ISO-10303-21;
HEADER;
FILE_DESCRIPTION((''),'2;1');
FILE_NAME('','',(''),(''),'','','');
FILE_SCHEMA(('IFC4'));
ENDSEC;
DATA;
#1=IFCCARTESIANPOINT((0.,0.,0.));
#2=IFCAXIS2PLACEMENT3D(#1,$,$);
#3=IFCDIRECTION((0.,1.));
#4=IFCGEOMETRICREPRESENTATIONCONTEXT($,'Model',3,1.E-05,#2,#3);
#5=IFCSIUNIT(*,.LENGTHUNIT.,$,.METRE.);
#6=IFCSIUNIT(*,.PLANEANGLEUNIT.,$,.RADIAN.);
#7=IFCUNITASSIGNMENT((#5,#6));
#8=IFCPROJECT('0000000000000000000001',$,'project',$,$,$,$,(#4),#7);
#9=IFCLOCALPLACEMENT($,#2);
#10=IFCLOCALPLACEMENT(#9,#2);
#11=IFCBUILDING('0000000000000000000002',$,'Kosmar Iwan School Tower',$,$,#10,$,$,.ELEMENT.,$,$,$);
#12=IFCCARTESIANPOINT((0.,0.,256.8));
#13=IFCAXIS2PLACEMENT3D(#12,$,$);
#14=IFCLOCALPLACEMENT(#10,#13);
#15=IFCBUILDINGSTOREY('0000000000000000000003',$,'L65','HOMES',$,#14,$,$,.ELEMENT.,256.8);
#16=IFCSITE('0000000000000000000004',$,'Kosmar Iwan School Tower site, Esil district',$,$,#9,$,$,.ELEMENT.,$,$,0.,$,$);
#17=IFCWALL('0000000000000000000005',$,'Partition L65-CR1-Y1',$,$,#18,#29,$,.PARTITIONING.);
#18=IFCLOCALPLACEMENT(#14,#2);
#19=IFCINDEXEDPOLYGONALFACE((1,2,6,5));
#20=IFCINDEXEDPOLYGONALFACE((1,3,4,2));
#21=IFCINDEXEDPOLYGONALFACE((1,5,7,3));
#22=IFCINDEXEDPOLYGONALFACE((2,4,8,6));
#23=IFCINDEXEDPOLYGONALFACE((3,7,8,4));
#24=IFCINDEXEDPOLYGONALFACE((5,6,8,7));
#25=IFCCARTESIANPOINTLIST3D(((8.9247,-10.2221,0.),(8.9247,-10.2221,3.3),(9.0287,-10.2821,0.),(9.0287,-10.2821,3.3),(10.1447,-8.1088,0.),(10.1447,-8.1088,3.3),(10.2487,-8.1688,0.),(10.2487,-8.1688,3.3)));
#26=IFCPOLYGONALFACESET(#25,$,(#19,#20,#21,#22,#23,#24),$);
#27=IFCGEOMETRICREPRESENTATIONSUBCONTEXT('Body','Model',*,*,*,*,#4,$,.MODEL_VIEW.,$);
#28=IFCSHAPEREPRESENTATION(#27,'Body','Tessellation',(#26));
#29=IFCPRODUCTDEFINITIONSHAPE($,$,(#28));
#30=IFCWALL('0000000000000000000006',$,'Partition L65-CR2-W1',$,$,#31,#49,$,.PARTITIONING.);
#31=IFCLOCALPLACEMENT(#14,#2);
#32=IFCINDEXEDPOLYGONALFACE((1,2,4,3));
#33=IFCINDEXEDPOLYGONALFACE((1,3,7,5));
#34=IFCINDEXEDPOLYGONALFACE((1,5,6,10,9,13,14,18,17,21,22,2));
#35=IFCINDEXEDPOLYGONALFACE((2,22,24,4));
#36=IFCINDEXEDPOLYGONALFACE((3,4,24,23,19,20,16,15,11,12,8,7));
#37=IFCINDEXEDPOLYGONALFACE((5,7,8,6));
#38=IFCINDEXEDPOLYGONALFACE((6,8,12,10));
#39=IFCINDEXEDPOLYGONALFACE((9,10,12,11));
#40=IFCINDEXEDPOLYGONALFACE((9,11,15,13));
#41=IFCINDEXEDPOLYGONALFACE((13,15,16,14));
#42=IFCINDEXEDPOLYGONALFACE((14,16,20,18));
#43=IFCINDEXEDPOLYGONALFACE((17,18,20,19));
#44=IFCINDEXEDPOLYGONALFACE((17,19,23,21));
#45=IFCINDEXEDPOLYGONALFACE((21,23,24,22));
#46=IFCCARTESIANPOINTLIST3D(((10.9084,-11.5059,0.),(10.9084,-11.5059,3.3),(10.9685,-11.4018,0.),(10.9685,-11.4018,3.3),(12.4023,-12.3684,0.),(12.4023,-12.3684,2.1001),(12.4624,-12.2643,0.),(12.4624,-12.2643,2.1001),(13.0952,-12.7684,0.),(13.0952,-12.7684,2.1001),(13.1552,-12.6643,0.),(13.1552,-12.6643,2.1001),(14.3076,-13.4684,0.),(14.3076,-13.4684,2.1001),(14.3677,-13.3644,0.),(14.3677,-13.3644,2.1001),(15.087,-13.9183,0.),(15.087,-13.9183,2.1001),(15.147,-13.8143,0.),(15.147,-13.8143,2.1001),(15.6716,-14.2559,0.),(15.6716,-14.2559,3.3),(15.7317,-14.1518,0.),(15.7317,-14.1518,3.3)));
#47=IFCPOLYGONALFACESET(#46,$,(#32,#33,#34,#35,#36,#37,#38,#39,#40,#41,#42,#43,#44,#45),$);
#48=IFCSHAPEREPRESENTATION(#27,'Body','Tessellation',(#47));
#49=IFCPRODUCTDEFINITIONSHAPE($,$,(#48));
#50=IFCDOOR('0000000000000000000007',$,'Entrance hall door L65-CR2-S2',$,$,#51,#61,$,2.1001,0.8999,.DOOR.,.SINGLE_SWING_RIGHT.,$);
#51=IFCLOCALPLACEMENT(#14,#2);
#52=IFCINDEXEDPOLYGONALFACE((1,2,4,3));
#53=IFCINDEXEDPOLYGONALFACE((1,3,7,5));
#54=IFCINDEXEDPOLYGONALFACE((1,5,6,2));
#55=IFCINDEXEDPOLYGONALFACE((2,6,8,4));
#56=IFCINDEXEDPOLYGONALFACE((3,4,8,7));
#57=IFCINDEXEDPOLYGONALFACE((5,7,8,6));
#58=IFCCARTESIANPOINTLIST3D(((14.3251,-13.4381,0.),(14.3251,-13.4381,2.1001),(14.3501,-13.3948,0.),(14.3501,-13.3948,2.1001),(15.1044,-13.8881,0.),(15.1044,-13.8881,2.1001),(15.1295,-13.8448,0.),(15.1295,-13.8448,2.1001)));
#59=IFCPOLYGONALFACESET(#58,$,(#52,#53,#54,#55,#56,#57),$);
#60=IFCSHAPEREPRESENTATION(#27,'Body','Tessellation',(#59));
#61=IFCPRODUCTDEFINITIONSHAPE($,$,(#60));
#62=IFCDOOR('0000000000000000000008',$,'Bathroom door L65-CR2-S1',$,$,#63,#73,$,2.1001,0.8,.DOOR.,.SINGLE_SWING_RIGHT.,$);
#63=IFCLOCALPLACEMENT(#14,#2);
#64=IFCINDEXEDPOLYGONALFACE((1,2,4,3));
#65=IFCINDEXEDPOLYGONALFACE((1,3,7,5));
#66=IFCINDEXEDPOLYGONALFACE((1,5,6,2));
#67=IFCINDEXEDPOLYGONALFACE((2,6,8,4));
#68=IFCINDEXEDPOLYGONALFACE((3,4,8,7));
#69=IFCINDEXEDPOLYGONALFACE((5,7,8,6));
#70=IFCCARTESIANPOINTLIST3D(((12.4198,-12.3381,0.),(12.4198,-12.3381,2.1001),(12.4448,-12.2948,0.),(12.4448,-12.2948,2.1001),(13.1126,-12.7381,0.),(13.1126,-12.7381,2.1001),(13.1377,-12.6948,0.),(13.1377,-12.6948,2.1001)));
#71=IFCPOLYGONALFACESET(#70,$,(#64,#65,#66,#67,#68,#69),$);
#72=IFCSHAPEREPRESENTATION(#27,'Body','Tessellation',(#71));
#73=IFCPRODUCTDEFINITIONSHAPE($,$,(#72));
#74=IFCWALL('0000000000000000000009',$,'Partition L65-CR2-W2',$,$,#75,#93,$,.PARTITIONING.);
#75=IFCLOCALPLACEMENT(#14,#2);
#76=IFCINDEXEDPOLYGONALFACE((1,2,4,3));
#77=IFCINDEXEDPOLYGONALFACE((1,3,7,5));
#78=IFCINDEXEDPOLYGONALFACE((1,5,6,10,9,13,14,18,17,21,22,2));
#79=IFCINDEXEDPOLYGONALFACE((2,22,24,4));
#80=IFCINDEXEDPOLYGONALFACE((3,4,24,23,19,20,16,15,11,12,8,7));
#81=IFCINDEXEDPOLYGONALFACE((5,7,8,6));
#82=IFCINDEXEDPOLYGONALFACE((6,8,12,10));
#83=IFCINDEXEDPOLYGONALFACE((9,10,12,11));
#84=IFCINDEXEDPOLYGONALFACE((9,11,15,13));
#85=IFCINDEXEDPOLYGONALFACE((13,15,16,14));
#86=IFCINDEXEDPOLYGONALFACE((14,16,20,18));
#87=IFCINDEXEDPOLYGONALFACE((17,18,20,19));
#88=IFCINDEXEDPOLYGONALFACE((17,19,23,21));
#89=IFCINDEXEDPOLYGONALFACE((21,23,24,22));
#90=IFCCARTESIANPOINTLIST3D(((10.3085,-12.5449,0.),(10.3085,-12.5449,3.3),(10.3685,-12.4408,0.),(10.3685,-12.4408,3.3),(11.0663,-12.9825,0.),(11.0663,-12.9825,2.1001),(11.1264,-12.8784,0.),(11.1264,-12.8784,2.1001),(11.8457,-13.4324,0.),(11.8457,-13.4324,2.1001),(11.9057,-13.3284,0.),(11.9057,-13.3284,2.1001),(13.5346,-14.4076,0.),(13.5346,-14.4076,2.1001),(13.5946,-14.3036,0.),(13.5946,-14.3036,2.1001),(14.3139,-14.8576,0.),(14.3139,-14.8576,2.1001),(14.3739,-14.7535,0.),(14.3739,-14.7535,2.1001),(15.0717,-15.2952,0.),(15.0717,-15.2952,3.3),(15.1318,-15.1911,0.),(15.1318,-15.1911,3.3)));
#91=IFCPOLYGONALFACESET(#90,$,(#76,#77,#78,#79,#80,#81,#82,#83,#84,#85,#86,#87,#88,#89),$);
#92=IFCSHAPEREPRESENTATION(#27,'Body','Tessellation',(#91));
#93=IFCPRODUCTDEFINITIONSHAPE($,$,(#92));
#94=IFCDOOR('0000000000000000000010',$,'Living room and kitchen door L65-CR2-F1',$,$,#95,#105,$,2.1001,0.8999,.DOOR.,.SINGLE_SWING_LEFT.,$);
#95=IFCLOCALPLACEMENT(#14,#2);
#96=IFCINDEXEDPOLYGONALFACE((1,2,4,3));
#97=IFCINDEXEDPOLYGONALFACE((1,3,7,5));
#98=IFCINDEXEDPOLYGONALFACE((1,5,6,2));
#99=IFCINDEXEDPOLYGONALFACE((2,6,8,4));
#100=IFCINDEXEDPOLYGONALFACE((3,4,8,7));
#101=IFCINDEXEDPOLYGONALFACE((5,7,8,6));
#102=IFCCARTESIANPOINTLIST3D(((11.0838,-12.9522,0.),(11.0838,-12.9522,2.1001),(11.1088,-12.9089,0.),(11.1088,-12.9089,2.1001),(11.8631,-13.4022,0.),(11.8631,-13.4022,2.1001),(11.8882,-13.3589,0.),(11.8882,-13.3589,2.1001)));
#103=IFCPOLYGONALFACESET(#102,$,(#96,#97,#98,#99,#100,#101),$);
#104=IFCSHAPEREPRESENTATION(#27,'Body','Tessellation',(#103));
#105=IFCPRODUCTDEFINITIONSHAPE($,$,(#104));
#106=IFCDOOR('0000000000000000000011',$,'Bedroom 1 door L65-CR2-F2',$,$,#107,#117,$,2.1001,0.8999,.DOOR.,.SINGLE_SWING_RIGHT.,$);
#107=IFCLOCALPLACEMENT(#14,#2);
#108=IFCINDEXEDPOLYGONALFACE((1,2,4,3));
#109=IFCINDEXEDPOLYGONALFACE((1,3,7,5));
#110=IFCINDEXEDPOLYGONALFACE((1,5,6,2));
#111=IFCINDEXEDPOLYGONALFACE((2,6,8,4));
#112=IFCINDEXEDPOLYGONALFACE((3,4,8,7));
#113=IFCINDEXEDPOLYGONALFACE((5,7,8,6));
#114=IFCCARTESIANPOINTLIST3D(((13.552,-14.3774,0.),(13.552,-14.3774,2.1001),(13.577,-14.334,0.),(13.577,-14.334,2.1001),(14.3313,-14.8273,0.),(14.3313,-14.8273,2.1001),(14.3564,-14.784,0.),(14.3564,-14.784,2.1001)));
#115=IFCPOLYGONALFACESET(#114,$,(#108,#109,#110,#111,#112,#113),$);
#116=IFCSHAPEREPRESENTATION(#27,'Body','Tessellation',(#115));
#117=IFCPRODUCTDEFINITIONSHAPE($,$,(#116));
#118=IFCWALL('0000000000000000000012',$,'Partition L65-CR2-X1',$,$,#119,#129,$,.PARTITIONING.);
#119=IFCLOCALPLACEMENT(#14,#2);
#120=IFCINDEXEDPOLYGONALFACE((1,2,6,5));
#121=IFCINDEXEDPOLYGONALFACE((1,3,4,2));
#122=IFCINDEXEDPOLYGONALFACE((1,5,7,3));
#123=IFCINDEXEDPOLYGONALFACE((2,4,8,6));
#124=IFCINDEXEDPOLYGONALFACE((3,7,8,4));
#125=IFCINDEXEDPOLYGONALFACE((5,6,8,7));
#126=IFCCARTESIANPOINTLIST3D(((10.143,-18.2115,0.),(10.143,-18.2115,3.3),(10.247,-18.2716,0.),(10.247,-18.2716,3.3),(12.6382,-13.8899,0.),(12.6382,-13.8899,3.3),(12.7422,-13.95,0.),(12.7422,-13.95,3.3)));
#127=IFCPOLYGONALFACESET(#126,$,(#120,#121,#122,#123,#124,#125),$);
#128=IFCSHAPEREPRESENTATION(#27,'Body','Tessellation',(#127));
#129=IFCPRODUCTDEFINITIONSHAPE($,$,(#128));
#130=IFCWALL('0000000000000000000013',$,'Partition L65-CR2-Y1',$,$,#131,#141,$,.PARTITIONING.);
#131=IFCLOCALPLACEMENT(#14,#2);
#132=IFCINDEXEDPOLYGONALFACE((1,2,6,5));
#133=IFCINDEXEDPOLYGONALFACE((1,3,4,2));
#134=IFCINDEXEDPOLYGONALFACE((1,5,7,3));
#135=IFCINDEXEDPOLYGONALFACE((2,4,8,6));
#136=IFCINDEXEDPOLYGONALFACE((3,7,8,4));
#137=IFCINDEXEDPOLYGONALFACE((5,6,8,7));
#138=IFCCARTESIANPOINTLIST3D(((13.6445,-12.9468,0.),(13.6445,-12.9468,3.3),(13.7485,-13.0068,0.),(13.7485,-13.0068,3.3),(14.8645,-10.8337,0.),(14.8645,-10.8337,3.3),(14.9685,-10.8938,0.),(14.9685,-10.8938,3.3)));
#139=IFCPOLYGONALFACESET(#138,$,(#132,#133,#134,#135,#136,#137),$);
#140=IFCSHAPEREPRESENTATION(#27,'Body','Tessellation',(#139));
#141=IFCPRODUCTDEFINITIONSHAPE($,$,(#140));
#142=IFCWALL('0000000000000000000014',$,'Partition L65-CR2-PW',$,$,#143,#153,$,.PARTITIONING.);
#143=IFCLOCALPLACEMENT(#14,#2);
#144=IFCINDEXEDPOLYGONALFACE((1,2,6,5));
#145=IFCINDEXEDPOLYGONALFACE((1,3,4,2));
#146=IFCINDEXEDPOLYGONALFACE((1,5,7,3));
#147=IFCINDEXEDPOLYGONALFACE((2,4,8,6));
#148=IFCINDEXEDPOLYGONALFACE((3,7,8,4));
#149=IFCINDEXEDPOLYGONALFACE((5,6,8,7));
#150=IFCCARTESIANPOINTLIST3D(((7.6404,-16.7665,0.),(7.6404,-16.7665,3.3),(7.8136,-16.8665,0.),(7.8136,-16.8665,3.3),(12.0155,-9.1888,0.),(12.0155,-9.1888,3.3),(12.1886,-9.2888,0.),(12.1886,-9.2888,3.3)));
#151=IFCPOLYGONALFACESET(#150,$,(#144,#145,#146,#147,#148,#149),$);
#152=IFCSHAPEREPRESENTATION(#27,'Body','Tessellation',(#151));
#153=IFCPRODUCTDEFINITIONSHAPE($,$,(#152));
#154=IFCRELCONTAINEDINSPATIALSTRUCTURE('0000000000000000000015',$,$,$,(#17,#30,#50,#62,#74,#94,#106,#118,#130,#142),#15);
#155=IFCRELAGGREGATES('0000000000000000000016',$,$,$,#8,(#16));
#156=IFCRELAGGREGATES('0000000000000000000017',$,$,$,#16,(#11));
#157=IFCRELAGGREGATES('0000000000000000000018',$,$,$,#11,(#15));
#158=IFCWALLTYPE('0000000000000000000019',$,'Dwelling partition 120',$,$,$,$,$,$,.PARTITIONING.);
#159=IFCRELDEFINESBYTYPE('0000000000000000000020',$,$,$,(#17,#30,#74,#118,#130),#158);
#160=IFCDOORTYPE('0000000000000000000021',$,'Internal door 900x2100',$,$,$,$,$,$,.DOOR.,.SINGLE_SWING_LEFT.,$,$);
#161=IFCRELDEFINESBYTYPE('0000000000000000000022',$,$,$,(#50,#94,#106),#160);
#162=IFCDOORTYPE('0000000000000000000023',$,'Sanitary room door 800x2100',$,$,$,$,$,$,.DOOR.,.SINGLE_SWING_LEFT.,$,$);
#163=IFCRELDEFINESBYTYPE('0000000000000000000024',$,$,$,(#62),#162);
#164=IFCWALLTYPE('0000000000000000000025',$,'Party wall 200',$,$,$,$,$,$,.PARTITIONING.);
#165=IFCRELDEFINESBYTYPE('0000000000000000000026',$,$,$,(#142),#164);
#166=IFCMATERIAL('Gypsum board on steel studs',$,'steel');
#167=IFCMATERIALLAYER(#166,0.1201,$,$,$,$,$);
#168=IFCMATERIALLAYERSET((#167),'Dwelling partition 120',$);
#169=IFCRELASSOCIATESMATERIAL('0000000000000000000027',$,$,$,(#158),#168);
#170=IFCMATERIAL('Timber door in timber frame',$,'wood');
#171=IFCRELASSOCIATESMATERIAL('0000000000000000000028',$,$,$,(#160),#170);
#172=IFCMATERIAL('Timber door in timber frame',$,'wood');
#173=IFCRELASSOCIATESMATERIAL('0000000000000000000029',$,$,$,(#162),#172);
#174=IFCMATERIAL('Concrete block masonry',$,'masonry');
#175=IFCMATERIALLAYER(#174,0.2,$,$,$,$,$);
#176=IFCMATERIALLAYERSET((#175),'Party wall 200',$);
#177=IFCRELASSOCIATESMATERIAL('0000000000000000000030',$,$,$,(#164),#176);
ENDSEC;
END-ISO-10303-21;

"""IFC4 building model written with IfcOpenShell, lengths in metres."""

from ifc_helpers import new_model, si_unit, direction, frame, frame_2d, origin, place, context, subcontext, project, spatial, rectangle, extrude, material, layer, layer_set, type_object, element, fill, save


model = new_model("IFC4")

# Units and contexts
model_context = context("Model", 3, precision=1e-05, world=origin(), true_north=direction((0.0, 1.0)))
body_context = subcontext(model_context, "Body", "Model", "MODEL_VIEW")
ifc_project = project(units=[si_unit("LENGTHUNIT", "METRE"), si_unit("PLANEANGLEUNIT", "RADIAN")], contexts=[model_context])

# Site, building, storey
site_placement = place(None, origin())
site = spatial("IfcSite", under=ifc_project, at=site_placement, Name="Kosmar Iwan School Tower site, Esil district", CompositionType="ELEMENT", RefElevation=0.0)
building_placement = place(site_placement, origin())
building = spatial("IfcBuilding", under=site, at=building_placement, Name="Kosmar Iwan School Tower", CompositionType="ELEMENT")
storey_placement = place(building_placement, frame((0.0, 0.0, 256.8)))
storey = spatial("IfcBuildingStorey", under=building, at=storey_placement, Name="L65", Description="HOMES", CompositionType="ELEMENT", Elevation=256.8)

# Shared definitions
ifc_material_1 = material(Name="Gypsum board on steel studs", Category="steel")
ifc_layer_1 = layer(ifc_material_1, 0.1201)
ifc_layer_set_1 = layer_set([ifc_layer_1], Name="Dwelling partition 120")
wall_type_1 = type_object("IfcWallType", Name="Dwelling partition 120", PredefinedType="PARTITIONING", material=ifc_layer_set_1)
ifc_material_2 = material(Name="Timber door in timber frame", Category="wood")
door_type_1 = type_object("IfcDoorType", Name="Internal door 900x2100", OperationType="SINGLE_SWING_LEFT", PredefinedType="DOOR", material=ifc_material_2)
ifc_material_3 = material(Name="Timber door in timber frame", Category="wood")
door_type_2 = type_object("IfcDoorType", Name="Sanitary room door 800x2100", OperationType="SINGLE_SWING_LEFT", PredefinedType="DOOR", material=ifc_material_3)

# Wall
wall_1_placement = place(storey_placement, frame((10.1968, -8.1387, 0.0), z_axis=(0.0, 0.0, 1.0), x_axis=(-0.499959, -0.866049, 0.0)))
element("IfcWall", 1, at=wall_1_placement, inside=storey, type_object=wall_type_1, Name="Partition L65-CR1-Y1", PredefinedType="PARTITIONING", context=body_context, shape_type="SweptSolid", body=[
    extrude(rectangle(XDim=2.4402, YDim=0.1201, at=frame_2d((1.2202, 0.0))), origin(), (0.0, 0.0, 1.0), 3.3),
])

# Walls, openings, doors
wall_2_placement = place(storey_placement, frame((10.9385, -11.4539, 0.0), z_axis=(0.0, 0.0, 1.0), x_axis=(0.866027, -0.499997, 0.0)))
wall_2 = element("IfcWall", 2, at=wall_2_placement, inside=storey, type_object=wall_type_1, Name="Partition L65-CR2-W1", PredefinedType="PARTITIONING", context=body_context, shape_type="SweptSolid", body=[
    extrude(rectangle(XDim=5.5, YDim=0.1201, at=frame_2d((2.75, 0.0))), origin(), (0.0, 0.0, 1.0), 3.3),
])
opening_1_placement = place(wall_2_placement, frame((1.7251, 0.0, 0.0)))
opening_1 = element("IfcOpeningElement", 3, at=opening_1_placement, cuts=wall_2, PredefinedType="OPENING", context=body_context, shape_type="SweptSolid", body=[
    extrude(rectangle(XDim=0.8, YDim=2.1001, at=frame_2d((0.3999, 1.05))), frame((0.0, 0.072, 0.0), z_axis=(0.0, -1.0, 0.0), x_axis=(1.0, 0.0, 0.0)), (0.0, 0.0, 1.0), 0.144),
])
opening_2_placement = place(wall_2_placement, frame((3.925, 0.0, 0.0)))
opening_2 = element("IfcOpeningElement", 4, at=opening_2_placement, cuts=wall_2, PredefinedType="OPENING", context=body_context, shape_type="SweptSolid", body=[
    extrude(rectangle(XDim=0.8999, YDim=2.1001, at=frame_2d((0.45, 1.05))), frame((0.0, 0.072, 0.0), z_axis=(0.0, -1.0, 0.0), x_axis=(1.0, 0.0, 0.0)), (0.0, 0.0, 1.0), 0.144),
])
door_1_placement = place(opening_2_placement, origin())
door_1 = element("IfcDoor", 5, at=door_1_placement, inside=storey, type_object=door_type_1, Name="Entrance hall door L65-CR2-S2", OperationType="SINGLE_SWING_RIGHT", OverallHeight=2.1001, OverallWidth=0.8999, PredefinedType="DOOR", context=body_context, shape_type="SweptSolid", body=[
    extrude(rectangle(XDim=0.8999, YDim=2.1001, at=frame_2d((0.45, 1.05))), frame((0.0, 0.0249, 0.0), z_axis=(0.0, -1.0, 0.0), x_axis=(1.0, 0.0, 0.0)), (0.0, 0.0, 1.0), 0.05),
])
fill(opening_2, door_1)
door_2_placement = place(opening_1_placement, origin())
door_2 = element("IfcDoor", 6, at=door_2_placement, inside=storey, type_object=door_type_2, Name="Bathroom door L65-CR2-S1", OperationType="SINGLE_SWING_RIGHT", OverallHeight=2.1001, OverallWidth=0.8, PredefinedType="DOOR", context=body_context, shape_type="SweptSolid", body=[
    extrude(rectangle(XDim=0.8, YDim=2.1001, at=frame_2d((0.3999, 1.05))), frame((0.0, 0.0249, 0.0), z_axis=(0.0, -1.0, 0.0), x_axis=(1.0, 0.0, 0.0)), (0.0, 0.0, 1.0), 0.05),
])
fill(opening_1, door_2)
wall_3_placement = place(storey_placement, frame((10.3386, -12.4929, 0.0), z_axis=(0.0, 0.0, 1.0), x_axis=(0.866008, -0.50003, 0.0)))
wall_3 = element("IfcWall", 7, at=wall_3_placement, inside=storey, type_object=wall_type_1, Name="Partition L65-CR2-W2", PredefinedType="PARTITIONING", context=body_context, shape_type="SweptSolid", body=[
    extrude(rectangle(XDim=5.5002, YDim=0.1201, at=frame_2d((2.75, 0.0))), origin(), (0.0, 0.0, 1.0), 3.3),
])
opening_3_placement = place(wall_3_placement, frame((0.875, 0.0, 0.0)))
opening_3 = element("IfcOpeningElement", 8, at=opening_3_placement, cuts=wall_3, PredefinedType="OPENING", context=body_context, shape_type="SweptSolid", body=[
    extrude(rectangle(XDim=0.8999, YDim=2.1001, at=frame_2d((0.45, 1.05))), frame((0.0, 0.072, 0.0), z_axis=(0.0, -1.0, 0.0), x_axis=(1.0, 0.0, 0.0)), (0.0, 0.0, 1.0), 0.144),
])
opening_4_placement = place(wall_3_placement, frame((3.7251, 0.0, 0.0)))
opening_4 = element("IfcOpeningElement", 9, at=opening_4_placement, cuts=wall_3, PredefinedType="OPENING", context=body_context, shape_type="SweptSolid", body=[
    extrude(rectangle(XDim=0.8999, YDim=2.1001, at=frame_2d((0.45, 1.05))), frame((0.0, 0.072, 0.0), z_axis=(0.0, -1.0, 0.0), x_axis=(1.0, 0.0, 0.0)), (0.0, 0.0, 1.0), 0.144),
])
door_3_placement = place(opening_3_placement, origin())
door_3 = element("IfcDoor", 10, at=door_3_placement, inside=storey, type_object=door_type_1, Name="Living room and kitchen door L65-CR2-F1", OperationType="SINGLE_SWING_LEFT", OverallHeight=2.1001, OverallWidth=0.8999, PredefinedType="DOOR", context=body_context, shape_type="SweptSolid", body=[
    extrude(rectangle(XDim=0.8999, YDim=2.1001, at=frame_2d((0.45, 1.05))), frame((0.0, 0.0249, 0.0), z_axis=(0.0, -1.0, 0.0), x_axis=(1.0, 0.0, 0.0)), (0.0, 0.0, 1.0), 0.05),
])
fill(opening_3, door_3)
door_4_placement = place(opening_4_placement, origin())
door_4 = element("IfcDoor", 11, at=door_4_placement, inside=storey, type_object=door_type_1, Name="Bedroom 1 door L65-CR2-F2", OperationType="SINGLE_SWING_RIGHT", OverallHeight=2.1001, OverallWidth=0.8999, PredefinedType="DOOR", context=body_context, shape_type="SweptSolid", body=[
    extrude(rectangle(XDim=0.8999, YDim=2.1001, at=frame_2d((0.45, 1.05))), frame((0.0, 0.0249, 0.0), z_axis=(0.0, -1.0, 0.0), x_axis=(1.0, 0.0, 0.0)), (0.0, 0.0, 1.0), 0.05),
])
fill(opening_4, door_4)

# Walls
wall_4_placement = place(storey_placement, frame((12.6902, -13.9199, 0.0), z_axis=(0.0, 0.0, 1.0), x_axis=(-0.500012, -0.866019, 0.0)))
element("IfcWall", 12, at=wall_4_placement, inside=storey, type_object=wall_type_1, Name="Partition L65-CR2-X1", PredefinedType="PARTITIONING", context=body_context, shape_type="SweptSolid", body=[
    extrude(rectangle(XDim=4.9902, YDim=0.1201, at=frame_2d((2.4951, 0.0))), origin(), (0.0, 0.0, 1.0), 3.3),
])
wall_5_placement = place(storey_placement, frame((14.9165, -10.8638, 0.0), z_axis=(0.0, 0.0, 1.0), x_axis=(-0.500003, -0.866024, 0.0)))
element("IfcWall", 13, at=wall_5_placement, inside=storey, type_object=wall_type_1, Name="Partition L65-CR2-Y1", PredefinedType="PARTITIONING", context=body_context, shape_type="SweptSolid", body=[
    extrude(rectangle(XDim=2.4399, YDim=0.1201, at=frame_2d((1.22, 0.0))), origin(), (0.0, 0.0, 1.0), 3.3),
])
ifc_material_4 = material(Name="Concrete block masonry", Category="masonry")
ifc_layer_2 = layer(ifc_material_4, 0.2)
ifc_layer_set_2 = layer_set([ifc_layer_2], Name="Party wall 200")
wall_type_2 = type_object("IfcWallType", Name="Party wall 200", PredefinedType="PARTITIONING", material=ifc_layer_set_2)
wall_6_placement = place(storey_placement, frame((12.1021, -9.2388, 0.0), z_axis=(0.0, 0.0, 1.0), x_axis=(-0.500004, -0.866023, 0.0)))
element("IfcWall", 14, at=wall_6_placement, inside=storey, type_object=wall_type_2, Name="Partition L65-CR2-PW", PredefinedType="PARTITIONING", context=body_context, shape_type="SweptSolid", body=[
    extrude(rectangle(XDim=8.75, YDim=0.2, at=frame_2d((4.375, 0.0))), origin(), (0.0, 0.0, 1.0), 3.3),
])

save(model, "model.ifc")
